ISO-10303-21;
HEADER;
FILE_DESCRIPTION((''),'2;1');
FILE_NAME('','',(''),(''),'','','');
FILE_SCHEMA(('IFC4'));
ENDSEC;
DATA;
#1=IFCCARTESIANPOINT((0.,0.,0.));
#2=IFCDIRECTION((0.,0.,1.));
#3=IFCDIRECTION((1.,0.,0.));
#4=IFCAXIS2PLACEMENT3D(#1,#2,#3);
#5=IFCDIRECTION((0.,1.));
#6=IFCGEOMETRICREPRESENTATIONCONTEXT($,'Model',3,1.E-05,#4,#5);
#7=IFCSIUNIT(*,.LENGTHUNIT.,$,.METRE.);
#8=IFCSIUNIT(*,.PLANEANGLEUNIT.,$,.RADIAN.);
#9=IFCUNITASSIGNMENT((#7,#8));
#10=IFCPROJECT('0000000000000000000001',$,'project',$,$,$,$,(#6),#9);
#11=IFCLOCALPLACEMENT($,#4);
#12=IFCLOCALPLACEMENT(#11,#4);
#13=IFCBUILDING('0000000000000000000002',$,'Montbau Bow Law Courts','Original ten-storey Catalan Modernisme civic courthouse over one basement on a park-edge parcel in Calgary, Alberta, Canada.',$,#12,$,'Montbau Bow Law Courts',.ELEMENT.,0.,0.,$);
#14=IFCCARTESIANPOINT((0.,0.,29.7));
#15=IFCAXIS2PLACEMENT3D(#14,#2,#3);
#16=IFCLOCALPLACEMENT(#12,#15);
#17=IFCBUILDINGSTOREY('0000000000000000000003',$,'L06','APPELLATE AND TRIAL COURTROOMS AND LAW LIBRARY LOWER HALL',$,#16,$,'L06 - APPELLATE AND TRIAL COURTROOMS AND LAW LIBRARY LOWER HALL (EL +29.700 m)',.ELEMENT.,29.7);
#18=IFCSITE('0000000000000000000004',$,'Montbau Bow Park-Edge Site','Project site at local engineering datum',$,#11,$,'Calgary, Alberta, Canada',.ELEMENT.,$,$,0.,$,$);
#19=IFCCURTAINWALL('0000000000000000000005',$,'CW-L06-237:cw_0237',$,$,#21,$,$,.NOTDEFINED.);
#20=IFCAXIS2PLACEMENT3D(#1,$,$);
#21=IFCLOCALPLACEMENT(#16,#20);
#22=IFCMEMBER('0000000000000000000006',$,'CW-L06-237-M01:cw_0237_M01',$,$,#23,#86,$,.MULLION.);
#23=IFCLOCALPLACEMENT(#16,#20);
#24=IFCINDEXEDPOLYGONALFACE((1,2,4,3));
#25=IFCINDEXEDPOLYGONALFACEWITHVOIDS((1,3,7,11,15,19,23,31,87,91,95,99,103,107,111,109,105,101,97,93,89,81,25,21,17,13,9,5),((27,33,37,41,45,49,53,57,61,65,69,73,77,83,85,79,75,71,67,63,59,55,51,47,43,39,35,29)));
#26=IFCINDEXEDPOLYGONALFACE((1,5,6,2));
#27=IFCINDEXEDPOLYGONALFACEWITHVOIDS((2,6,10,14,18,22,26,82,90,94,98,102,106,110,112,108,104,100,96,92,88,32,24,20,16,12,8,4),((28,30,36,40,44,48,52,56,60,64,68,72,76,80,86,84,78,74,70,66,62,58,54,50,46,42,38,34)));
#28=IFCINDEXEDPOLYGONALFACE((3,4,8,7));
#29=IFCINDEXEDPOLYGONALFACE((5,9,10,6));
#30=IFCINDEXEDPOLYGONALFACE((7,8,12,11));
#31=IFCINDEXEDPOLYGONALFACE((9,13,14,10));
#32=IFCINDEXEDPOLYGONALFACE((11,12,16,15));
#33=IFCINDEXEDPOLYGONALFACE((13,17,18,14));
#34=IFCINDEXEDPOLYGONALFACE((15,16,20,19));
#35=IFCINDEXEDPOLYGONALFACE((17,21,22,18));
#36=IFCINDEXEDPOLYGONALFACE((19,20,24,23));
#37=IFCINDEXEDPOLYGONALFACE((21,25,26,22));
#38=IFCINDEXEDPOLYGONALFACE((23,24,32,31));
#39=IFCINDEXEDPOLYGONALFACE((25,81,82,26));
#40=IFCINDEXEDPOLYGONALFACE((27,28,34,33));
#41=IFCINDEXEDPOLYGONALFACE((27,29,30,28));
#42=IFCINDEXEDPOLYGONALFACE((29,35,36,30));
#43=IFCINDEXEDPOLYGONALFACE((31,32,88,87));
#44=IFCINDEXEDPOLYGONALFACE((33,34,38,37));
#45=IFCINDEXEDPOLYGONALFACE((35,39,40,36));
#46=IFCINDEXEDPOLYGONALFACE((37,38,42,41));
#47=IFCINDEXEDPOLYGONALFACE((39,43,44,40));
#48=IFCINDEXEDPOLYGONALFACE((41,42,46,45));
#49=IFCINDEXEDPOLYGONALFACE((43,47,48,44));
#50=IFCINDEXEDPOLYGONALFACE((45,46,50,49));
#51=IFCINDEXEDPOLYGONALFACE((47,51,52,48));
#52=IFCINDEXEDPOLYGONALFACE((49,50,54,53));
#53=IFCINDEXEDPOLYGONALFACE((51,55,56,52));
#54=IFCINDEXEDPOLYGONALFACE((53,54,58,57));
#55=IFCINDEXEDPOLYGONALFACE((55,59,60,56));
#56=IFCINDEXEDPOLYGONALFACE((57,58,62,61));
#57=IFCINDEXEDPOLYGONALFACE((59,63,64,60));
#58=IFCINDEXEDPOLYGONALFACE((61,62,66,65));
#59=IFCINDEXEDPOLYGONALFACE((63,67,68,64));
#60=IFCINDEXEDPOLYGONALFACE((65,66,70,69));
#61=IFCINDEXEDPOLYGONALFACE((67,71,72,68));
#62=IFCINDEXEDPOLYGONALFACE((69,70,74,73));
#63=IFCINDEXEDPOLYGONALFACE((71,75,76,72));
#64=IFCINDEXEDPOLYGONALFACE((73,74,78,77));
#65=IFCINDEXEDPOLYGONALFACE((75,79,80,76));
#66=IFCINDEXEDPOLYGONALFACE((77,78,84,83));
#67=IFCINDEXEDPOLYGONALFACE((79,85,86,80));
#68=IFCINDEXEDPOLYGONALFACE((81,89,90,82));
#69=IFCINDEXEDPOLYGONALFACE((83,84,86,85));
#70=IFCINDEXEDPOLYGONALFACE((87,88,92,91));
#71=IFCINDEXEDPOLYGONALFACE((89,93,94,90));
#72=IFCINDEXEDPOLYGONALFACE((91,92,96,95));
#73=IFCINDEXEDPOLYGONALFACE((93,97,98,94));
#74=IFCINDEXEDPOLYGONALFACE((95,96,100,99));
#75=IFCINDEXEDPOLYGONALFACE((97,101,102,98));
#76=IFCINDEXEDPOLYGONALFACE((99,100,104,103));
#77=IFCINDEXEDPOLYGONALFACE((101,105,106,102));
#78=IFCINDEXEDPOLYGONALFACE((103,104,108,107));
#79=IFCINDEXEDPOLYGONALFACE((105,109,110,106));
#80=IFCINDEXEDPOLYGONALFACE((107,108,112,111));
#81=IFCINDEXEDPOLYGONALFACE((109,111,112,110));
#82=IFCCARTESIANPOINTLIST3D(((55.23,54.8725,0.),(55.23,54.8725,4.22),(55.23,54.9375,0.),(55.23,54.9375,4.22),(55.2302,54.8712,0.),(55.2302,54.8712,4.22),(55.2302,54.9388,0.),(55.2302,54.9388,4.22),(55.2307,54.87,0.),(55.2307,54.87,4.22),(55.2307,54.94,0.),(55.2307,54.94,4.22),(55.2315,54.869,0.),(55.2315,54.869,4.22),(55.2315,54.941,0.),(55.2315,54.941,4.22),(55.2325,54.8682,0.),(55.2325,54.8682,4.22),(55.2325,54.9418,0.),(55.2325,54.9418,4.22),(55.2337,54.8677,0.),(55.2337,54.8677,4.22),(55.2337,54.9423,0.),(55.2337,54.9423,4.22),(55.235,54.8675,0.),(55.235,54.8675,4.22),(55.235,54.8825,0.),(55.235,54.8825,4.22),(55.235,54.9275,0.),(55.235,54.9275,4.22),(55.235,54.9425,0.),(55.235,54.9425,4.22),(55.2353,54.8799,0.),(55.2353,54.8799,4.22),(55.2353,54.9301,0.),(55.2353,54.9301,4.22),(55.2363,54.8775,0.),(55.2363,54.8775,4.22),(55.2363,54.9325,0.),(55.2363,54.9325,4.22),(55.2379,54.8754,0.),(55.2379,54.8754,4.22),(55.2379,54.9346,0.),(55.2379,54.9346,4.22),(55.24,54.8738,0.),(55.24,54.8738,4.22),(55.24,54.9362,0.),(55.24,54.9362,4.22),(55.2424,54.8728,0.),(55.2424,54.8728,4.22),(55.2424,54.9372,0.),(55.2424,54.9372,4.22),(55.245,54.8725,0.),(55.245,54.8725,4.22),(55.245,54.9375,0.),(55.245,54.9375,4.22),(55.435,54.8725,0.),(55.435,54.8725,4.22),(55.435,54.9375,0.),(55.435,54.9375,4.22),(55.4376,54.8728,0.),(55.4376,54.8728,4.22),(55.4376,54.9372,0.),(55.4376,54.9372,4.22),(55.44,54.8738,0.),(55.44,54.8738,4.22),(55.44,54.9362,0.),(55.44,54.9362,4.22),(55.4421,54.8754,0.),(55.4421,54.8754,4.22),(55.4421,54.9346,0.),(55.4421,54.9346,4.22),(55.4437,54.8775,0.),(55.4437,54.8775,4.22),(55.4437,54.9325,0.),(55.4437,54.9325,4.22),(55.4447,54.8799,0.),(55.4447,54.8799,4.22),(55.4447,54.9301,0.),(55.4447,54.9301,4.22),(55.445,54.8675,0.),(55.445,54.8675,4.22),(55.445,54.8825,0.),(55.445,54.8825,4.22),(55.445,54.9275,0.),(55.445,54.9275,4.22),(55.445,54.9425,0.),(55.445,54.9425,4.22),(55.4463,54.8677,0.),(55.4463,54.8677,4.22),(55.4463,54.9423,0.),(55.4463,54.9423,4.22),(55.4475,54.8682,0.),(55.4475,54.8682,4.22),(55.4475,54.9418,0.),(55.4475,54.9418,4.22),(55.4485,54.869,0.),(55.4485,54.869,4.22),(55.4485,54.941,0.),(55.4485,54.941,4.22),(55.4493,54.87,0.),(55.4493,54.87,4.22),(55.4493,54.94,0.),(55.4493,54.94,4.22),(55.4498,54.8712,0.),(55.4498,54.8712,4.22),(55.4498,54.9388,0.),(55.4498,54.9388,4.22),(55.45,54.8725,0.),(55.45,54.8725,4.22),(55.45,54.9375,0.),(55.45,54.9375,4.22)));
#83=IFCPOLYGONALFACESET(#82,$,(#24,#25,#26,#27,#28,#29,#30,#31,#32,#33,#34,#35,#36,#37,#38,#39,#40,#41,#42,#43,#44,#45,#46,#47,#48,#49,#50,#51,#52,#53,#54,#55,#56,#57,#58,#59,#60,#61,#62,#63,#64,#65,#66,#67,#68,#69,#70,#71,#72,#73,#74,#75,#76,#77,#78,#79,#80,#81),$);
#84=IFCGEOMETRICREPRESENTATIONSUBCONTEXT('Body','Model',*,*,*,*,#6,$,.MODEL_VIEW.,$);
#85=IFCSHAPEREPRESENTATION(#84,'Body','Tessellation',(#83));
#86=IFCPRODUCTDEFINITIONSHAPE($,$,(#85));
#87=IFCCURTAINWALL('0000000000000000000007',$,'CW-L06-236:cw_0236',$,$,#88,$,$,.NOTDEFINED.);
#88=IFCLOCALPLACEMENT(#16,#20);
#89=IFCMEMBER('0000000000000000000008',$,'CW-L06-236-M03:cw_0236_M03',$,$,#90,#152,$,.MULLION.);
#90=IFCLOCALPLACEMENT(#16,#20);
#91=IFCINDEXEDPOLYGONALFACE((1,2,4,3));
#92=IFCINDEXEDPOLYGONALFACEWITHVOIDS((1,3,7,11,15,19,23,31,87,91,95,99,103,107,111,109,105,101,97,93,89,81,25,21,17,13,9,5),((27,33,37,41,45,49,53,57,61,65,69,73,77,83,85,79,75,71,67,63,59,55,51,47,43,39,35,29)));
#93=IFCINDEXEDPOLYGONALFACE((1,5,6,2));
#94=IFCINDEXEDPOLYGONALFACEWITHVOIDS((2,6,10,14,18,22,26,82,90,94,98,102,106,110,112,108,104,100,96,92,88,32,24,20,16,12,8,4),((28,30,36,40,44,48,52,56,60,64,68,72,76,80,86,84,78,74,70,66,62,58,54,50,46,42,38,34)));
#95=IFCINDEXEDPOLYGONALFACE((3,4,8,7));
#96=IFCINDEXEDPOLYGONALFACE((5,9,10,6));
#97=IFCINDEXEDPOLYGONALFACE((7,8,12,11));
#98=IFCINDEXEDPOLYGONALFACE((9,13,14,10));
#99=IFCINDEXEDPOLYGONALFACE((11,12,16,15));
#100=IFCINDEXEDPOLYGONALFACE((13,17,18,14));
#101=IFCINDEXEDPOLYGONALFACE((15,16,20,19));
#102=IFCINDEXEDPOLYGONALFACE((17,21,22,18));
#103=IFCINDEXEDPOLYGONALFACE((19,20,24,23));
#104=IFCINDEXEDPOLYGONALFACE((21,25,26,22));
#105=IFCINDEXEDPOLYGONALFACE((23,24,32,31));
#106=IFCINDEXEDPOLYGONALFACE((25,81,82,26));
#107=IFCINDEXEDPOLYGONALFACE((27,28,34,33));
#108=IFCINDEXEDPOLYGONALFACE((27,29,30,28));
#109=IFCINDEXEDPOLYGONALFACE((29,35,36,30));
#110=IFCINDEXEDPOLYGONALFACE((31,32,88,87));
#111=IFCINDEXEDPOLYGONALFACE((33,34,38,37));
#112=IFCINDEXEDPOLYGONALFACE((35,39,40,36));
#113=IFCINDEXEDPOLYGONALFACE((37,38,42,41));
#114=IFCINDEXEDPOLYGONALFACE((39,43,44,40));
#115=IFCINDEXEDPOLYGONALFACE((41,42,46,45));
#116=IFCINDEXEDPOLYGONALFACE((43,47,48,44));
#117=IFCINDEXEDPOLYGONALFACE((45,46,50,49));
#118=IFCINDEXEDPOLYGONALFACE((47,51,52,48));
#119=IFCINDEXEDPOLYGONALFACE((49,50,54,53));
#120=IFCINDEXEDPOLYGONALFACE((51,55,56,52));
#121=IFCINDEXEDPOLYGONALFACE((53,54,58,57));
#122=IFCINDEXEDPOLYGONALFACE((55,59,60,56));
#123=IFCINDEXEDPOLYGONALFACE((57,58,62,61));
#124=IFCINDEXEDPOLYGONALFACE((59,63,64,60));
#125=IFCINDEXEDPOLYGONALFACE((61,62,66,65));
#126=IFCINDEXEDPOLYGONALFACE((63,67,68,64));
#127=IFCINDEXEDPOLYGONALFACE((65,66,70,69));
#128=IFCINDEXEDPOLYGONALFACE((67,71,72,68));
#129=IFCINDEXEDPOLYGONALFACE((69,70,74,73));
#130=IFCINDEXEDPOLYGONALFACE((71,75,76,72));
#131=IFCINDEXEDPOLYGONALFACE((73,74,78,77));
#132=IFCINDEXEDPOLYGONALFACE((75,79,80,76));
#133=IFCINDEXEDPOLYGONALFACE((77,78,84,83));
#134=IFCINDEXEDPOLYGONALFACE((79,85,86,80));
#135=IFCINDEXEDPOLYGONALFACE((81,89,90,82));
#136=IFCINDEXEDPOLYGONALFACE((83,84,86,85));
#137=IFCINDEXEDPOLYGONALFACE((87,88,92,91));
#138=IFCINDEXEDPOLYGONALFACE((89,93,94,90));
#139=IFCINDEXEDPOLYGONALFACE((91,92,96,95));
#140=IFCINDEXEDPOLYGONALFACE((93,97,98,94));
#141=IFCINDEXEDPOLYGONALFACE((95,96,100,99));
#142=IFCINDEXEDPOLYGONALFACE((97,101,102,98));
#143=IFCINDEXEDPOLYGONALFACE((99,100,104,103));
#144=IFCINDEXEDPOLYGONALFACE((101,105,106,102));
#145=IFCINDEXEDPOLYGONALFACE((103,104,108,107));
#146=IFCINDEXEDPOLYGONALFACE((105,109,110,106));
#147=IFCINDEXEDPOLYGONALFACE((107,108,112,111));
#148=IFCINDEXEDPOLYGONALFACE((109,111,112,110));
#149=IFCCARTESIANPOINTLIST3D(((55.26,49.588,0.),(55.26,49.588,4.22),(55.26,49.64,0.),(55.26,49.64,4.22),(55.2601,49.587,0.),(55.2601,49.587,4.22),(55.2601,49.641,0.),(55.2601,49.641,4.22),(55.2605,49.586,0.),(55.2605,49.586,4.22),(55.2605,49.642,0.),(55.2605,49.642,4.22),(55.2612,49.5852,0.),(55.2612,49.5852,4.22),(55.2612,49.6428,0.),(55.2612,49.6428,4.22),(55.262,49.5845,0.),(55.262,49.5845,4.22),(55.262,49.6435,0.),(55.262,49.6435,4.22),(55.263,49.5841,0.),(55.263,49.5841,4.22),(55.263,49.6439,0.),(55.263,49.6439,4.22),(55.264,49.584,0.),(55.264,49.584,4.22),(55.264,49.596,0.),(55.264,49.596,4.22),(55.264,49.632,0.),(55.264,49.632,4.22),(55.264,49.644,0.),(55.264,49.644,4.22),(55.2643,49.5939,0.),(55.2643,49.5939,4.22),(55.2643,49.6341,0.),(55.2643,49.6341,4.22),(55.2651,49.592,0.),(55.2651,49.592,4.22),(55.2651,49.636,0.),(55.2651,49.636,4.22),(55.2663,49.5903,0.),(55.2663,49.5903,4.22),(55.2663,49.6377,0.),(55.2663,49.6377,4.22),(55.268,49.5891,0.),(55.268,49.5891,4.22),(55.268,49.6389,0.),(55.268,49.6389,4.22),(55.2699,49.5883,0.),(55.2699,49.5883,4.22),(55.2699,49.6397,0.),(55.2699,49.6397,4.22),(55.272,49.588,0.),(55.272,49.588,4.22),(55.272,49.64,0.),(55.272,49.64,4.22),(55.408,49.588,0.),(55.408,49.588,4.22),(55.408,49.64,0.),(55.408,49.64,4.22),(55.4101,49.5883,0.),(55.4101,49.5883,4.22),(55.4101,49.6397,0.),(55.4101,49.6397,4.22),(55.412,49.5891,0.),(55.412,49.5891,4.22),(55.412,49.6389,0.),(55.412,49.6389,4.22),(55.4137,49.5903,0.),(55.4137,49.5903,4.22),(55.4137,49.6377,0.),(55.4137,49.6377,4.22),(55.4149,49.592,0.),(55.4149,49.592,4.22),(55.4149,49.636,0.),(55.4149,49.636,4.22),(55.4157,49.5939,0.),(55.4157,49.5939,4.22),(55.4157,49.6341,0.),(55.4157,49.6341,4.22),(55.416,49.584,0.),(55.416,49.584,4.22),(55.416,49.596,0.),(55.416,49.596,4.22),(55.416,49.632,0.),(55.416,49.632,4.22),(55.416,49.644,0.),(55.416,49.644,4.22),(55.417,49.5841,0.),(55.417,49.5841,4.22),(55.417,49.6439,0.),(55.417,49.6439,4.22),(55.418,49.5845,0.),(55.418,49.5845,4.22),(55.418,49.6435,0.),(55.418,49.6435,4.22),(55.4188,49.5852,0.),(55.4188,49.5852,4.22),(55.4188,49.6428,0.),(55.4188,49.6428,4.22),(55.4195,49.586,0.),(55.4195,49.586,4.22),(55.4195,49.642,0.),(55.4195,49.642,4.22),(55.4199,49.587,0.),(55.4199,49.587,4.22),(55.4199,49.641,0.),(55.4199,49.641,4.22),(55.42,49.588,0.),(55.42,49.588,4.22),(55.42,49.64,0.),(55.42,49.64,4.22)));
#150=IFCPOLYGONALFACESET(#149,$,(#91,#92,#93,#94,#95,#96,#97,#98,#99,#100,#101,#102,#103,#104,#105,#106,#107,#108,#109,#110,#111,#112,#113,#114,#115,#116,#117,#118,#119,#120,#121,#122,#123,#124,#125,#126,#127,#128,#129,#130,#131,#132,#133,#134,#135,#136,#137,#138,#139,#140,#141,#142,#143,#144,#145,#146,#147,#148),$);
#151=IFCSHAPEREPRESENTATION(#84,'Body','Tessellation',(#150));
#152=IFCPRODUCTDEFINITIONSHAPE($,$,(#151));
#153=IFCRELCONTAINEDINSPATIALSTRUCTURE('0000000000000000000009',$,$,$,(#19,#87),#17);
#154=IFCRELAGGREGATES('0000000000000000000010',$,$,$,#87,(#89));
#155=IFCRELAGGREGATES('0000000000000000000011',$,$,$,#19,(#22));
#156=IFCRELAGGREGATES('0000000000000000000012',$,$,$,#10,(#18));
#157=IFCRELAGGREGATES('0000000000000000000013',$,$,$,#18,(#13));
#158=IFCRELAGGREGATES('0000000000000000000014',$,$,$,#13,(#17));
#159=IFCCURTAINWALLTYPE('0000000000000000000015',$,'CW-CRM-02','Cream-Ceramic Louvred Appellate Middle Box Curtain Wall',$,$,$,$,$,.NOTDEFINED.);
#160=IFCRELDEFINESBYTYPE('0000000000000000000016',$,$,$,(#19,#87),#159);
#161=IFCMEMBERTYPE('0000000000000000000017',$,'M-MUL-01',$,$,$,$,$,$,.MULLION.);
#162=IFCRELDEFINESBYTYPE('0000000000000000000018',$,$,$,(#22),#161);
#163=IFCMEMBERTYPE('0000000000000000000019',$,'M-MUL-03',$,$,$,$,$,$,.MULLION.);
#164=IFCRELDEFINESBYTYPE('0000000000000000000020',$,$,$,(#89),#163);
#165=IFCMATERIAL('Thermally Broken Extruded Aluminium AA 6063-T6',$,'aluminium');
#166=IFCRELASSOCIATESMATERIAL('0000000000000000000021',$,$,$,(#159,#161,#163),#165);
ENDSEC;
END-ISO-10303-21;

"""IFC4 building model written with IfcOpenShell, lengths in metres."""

from ifc_helpers import new_model, si_unit, direction, frame, origin_with_axes, origin_2d_with_axis, place, context, subcontext, project, spatial, hollow_rectangle, extrude, material, material_profile, profile_set, type_object, element, aggregate, save


model = new_model("IFC4")

# Units and contexts
model_context = context("Model", 3, precision=1e-05, world=origin_with_axes(), true_north=direction((0.0, 1.0)))
body_context = subcontext(model_context, "Body", "Model", "MODEL_VIEW")
ifc_project = project(units=[si_unit("LENGTHUNIT", "METRE"), si_unit("PLANEANGLEUNIT", "RADIAN")], contexts=[model_context])

# Site, building, storey
site_placement = place(None, origin_with_axes())
site = spatial("IfcSite", under=ifc_project, at=site_placement, Name="Montbau Bow Park-Edge Site", Description="Project site at local engineering datum", LongName="Calgary, Alberta, Canada", CompositionType="ELEMENT", RefElevation=0.0)
building_placement = place(site_placement, origin_with_axes())
building = spatial("IfcBuilding", under=site, at=building_placement, Name="Montbau Bow Law Courts", Description="Original ten-storey Catalan Modernisme civic courthouse over one basement on a park-edge parcel in Calgary, Alberta, Canada.", LongName="Montbau Bow Law Courts", CompositionType="ELEMENT", ElevationOfRefHeight=0.0, ElevationOfTerrain=0.0)
storey_placement = place(building_placement, frame((0.0, 0.0, 29.7), z_axis=(0.0, 0.0, 1.0), x_axis=(1.0, 0.0, 0.0)))
storey = spatial("IfcBuildingStorey", under=building, at=storey_placement, Name="L06", Description="APPELLATE AND TRIAL COURTROOMS AND LAW LIBRARY LOWER HALL", LongName="L06 - APPELLATE AND TRIAL COURTROOMS AND LAW LIBRARY LOWER HALL (EL +29.700 m)", CompositionType="ELEMENT", Elevation=29.7)

# Curtain wall, member
ifc_material_1 = material(Name="Thermally Broken Extruded Aluminium AA 6063-T6", Category="aluminium")
curtain_wall_type = type_object("IfcCurtainWallType", Name="CW-CRM-02", Description="Cream-Ceramic Louvred Appellate Middle Box Curtain Wall", PredefinedType="NOTDEFINED", material=ifc_material_1)
curtain_wall_1_placement = place(None, frame((55.34, 54.868, 29.7), z_axis=(0.0, 0.0, 1.0), x_axis=(1.0, 0.0, 0.0)))
curtain_wall_1 = element("IfcCurtainWall", 1, at=curtain_wall_1_placement, inside=storey, type_object=curtain_wall_type, Name="CW-L06-237:cw_0237", PredefinedType="NOTDEFINED")
ifc_material_profile_1 = material_profile(ifc_material_1, hollow_rectangle(XDim=0.075, YDim=0.22, WallThickness=0.005, InnerFilletRadius=0.01, OuterFilletRadius=0.005, at=origin_2d_with_axis()), Name="CWM-220X75", Category="Main", Priority=0)
ifc_profile_set_1 = profile_set([ifc_material_profile_1], Name="Thermally Broken Extruded Aluminium AA 6063-T6")
member_type_1 = type_object("IfcMemberType", Name="M-MUL-01", PredefinedType="MULLION", material=ifc_profile_set_1)
member_1_placement = place(None, frame((55.34, 54.905, 29.7), z_axis=(0.0, 0.0, 1.0), x_axis=(0.0, 1.0, 0.0)))
member_1 = element("IfcMember", 2, at=member_1_placement, type_object=member_type_1, Name="CW-L06-237-M01:cw_0237_M01", PredefinedType="MULLION", context=body_context, shape_type="SweptSolid", body=[
    extrude(hollow_rectangle(XDim=0.075, YDim=0.22, WallThickness=0.005, InnerFilletRadius=0.01, OuterFilletRadius=0.005, at=origin_2d_with_axis()), origin_with_axes(), (0.0, 0.0, 1.0), 4.22),
])

# Curtain wall, member
curtain_wall_2_placement = place(None, frame((55.34, 46.468, 29.7), z_axis=(0.0, 0.0, 1.0), x_axis=(1.0, 0.0, 0.0)))
curtain_wall_2 = element("IfcCurtainWall", 3, at=curtain_wall_2_placement, inside=storey, type_object=curtain_wall_type, Name="CW-L06-236:cw_0236", PredefinedType="NOTDEFINED")
ifc_material_profile_2 = material_profile(ifc_material_1, hollow_rectangle(XDim=0.06, YDim=0.16, WallThickness=0.004, InnerFilletRadius=0.008, OuterFilletRadius=0.004, at=origin_2d_with_axis()), Name="CWM-160X60", Category="Main", Priority=0)
ifc_profile_set_2 = profile_set([ifc_material_profile_2], Name="Thermally Broken Extruded Aluminium AA 6063-T6")
member_type_2 = type_object("IfcMemberType", Name="M-MUL-03", PredefinedType="MULLION", material=ifc_profile_set_2)
member_2_placement = place(None, frame((55.34, 49.614, 29.7), z_axis=(0.0, 0.0, 1.0), x_axis=(0.0, 1.0, 0.0)))
member_2 = element("IfcMember", 4, at=member_2_placement, type_object=member_type_2, Name="CW-L06-236-M03:cw_0236_M03", PredefinedType="MULLION", context=body_context, shape_type="SweptSolid", body=[
    extrude(hollow_rectangle(XDim=0.06, YDim=0.16, WallThickness=0.004, InnerFilletRadius=0.008, OuterFilletRadius=0.004, at=origin_2d_with_axis()), origin_with_axes(), (0.0, 0.0, 1.0), 4.22),
])

aggregate(curtain_wall_2, [member_2])
aggregate(curtain_wall_1, [member_1])

save(model, "model.ifc")
